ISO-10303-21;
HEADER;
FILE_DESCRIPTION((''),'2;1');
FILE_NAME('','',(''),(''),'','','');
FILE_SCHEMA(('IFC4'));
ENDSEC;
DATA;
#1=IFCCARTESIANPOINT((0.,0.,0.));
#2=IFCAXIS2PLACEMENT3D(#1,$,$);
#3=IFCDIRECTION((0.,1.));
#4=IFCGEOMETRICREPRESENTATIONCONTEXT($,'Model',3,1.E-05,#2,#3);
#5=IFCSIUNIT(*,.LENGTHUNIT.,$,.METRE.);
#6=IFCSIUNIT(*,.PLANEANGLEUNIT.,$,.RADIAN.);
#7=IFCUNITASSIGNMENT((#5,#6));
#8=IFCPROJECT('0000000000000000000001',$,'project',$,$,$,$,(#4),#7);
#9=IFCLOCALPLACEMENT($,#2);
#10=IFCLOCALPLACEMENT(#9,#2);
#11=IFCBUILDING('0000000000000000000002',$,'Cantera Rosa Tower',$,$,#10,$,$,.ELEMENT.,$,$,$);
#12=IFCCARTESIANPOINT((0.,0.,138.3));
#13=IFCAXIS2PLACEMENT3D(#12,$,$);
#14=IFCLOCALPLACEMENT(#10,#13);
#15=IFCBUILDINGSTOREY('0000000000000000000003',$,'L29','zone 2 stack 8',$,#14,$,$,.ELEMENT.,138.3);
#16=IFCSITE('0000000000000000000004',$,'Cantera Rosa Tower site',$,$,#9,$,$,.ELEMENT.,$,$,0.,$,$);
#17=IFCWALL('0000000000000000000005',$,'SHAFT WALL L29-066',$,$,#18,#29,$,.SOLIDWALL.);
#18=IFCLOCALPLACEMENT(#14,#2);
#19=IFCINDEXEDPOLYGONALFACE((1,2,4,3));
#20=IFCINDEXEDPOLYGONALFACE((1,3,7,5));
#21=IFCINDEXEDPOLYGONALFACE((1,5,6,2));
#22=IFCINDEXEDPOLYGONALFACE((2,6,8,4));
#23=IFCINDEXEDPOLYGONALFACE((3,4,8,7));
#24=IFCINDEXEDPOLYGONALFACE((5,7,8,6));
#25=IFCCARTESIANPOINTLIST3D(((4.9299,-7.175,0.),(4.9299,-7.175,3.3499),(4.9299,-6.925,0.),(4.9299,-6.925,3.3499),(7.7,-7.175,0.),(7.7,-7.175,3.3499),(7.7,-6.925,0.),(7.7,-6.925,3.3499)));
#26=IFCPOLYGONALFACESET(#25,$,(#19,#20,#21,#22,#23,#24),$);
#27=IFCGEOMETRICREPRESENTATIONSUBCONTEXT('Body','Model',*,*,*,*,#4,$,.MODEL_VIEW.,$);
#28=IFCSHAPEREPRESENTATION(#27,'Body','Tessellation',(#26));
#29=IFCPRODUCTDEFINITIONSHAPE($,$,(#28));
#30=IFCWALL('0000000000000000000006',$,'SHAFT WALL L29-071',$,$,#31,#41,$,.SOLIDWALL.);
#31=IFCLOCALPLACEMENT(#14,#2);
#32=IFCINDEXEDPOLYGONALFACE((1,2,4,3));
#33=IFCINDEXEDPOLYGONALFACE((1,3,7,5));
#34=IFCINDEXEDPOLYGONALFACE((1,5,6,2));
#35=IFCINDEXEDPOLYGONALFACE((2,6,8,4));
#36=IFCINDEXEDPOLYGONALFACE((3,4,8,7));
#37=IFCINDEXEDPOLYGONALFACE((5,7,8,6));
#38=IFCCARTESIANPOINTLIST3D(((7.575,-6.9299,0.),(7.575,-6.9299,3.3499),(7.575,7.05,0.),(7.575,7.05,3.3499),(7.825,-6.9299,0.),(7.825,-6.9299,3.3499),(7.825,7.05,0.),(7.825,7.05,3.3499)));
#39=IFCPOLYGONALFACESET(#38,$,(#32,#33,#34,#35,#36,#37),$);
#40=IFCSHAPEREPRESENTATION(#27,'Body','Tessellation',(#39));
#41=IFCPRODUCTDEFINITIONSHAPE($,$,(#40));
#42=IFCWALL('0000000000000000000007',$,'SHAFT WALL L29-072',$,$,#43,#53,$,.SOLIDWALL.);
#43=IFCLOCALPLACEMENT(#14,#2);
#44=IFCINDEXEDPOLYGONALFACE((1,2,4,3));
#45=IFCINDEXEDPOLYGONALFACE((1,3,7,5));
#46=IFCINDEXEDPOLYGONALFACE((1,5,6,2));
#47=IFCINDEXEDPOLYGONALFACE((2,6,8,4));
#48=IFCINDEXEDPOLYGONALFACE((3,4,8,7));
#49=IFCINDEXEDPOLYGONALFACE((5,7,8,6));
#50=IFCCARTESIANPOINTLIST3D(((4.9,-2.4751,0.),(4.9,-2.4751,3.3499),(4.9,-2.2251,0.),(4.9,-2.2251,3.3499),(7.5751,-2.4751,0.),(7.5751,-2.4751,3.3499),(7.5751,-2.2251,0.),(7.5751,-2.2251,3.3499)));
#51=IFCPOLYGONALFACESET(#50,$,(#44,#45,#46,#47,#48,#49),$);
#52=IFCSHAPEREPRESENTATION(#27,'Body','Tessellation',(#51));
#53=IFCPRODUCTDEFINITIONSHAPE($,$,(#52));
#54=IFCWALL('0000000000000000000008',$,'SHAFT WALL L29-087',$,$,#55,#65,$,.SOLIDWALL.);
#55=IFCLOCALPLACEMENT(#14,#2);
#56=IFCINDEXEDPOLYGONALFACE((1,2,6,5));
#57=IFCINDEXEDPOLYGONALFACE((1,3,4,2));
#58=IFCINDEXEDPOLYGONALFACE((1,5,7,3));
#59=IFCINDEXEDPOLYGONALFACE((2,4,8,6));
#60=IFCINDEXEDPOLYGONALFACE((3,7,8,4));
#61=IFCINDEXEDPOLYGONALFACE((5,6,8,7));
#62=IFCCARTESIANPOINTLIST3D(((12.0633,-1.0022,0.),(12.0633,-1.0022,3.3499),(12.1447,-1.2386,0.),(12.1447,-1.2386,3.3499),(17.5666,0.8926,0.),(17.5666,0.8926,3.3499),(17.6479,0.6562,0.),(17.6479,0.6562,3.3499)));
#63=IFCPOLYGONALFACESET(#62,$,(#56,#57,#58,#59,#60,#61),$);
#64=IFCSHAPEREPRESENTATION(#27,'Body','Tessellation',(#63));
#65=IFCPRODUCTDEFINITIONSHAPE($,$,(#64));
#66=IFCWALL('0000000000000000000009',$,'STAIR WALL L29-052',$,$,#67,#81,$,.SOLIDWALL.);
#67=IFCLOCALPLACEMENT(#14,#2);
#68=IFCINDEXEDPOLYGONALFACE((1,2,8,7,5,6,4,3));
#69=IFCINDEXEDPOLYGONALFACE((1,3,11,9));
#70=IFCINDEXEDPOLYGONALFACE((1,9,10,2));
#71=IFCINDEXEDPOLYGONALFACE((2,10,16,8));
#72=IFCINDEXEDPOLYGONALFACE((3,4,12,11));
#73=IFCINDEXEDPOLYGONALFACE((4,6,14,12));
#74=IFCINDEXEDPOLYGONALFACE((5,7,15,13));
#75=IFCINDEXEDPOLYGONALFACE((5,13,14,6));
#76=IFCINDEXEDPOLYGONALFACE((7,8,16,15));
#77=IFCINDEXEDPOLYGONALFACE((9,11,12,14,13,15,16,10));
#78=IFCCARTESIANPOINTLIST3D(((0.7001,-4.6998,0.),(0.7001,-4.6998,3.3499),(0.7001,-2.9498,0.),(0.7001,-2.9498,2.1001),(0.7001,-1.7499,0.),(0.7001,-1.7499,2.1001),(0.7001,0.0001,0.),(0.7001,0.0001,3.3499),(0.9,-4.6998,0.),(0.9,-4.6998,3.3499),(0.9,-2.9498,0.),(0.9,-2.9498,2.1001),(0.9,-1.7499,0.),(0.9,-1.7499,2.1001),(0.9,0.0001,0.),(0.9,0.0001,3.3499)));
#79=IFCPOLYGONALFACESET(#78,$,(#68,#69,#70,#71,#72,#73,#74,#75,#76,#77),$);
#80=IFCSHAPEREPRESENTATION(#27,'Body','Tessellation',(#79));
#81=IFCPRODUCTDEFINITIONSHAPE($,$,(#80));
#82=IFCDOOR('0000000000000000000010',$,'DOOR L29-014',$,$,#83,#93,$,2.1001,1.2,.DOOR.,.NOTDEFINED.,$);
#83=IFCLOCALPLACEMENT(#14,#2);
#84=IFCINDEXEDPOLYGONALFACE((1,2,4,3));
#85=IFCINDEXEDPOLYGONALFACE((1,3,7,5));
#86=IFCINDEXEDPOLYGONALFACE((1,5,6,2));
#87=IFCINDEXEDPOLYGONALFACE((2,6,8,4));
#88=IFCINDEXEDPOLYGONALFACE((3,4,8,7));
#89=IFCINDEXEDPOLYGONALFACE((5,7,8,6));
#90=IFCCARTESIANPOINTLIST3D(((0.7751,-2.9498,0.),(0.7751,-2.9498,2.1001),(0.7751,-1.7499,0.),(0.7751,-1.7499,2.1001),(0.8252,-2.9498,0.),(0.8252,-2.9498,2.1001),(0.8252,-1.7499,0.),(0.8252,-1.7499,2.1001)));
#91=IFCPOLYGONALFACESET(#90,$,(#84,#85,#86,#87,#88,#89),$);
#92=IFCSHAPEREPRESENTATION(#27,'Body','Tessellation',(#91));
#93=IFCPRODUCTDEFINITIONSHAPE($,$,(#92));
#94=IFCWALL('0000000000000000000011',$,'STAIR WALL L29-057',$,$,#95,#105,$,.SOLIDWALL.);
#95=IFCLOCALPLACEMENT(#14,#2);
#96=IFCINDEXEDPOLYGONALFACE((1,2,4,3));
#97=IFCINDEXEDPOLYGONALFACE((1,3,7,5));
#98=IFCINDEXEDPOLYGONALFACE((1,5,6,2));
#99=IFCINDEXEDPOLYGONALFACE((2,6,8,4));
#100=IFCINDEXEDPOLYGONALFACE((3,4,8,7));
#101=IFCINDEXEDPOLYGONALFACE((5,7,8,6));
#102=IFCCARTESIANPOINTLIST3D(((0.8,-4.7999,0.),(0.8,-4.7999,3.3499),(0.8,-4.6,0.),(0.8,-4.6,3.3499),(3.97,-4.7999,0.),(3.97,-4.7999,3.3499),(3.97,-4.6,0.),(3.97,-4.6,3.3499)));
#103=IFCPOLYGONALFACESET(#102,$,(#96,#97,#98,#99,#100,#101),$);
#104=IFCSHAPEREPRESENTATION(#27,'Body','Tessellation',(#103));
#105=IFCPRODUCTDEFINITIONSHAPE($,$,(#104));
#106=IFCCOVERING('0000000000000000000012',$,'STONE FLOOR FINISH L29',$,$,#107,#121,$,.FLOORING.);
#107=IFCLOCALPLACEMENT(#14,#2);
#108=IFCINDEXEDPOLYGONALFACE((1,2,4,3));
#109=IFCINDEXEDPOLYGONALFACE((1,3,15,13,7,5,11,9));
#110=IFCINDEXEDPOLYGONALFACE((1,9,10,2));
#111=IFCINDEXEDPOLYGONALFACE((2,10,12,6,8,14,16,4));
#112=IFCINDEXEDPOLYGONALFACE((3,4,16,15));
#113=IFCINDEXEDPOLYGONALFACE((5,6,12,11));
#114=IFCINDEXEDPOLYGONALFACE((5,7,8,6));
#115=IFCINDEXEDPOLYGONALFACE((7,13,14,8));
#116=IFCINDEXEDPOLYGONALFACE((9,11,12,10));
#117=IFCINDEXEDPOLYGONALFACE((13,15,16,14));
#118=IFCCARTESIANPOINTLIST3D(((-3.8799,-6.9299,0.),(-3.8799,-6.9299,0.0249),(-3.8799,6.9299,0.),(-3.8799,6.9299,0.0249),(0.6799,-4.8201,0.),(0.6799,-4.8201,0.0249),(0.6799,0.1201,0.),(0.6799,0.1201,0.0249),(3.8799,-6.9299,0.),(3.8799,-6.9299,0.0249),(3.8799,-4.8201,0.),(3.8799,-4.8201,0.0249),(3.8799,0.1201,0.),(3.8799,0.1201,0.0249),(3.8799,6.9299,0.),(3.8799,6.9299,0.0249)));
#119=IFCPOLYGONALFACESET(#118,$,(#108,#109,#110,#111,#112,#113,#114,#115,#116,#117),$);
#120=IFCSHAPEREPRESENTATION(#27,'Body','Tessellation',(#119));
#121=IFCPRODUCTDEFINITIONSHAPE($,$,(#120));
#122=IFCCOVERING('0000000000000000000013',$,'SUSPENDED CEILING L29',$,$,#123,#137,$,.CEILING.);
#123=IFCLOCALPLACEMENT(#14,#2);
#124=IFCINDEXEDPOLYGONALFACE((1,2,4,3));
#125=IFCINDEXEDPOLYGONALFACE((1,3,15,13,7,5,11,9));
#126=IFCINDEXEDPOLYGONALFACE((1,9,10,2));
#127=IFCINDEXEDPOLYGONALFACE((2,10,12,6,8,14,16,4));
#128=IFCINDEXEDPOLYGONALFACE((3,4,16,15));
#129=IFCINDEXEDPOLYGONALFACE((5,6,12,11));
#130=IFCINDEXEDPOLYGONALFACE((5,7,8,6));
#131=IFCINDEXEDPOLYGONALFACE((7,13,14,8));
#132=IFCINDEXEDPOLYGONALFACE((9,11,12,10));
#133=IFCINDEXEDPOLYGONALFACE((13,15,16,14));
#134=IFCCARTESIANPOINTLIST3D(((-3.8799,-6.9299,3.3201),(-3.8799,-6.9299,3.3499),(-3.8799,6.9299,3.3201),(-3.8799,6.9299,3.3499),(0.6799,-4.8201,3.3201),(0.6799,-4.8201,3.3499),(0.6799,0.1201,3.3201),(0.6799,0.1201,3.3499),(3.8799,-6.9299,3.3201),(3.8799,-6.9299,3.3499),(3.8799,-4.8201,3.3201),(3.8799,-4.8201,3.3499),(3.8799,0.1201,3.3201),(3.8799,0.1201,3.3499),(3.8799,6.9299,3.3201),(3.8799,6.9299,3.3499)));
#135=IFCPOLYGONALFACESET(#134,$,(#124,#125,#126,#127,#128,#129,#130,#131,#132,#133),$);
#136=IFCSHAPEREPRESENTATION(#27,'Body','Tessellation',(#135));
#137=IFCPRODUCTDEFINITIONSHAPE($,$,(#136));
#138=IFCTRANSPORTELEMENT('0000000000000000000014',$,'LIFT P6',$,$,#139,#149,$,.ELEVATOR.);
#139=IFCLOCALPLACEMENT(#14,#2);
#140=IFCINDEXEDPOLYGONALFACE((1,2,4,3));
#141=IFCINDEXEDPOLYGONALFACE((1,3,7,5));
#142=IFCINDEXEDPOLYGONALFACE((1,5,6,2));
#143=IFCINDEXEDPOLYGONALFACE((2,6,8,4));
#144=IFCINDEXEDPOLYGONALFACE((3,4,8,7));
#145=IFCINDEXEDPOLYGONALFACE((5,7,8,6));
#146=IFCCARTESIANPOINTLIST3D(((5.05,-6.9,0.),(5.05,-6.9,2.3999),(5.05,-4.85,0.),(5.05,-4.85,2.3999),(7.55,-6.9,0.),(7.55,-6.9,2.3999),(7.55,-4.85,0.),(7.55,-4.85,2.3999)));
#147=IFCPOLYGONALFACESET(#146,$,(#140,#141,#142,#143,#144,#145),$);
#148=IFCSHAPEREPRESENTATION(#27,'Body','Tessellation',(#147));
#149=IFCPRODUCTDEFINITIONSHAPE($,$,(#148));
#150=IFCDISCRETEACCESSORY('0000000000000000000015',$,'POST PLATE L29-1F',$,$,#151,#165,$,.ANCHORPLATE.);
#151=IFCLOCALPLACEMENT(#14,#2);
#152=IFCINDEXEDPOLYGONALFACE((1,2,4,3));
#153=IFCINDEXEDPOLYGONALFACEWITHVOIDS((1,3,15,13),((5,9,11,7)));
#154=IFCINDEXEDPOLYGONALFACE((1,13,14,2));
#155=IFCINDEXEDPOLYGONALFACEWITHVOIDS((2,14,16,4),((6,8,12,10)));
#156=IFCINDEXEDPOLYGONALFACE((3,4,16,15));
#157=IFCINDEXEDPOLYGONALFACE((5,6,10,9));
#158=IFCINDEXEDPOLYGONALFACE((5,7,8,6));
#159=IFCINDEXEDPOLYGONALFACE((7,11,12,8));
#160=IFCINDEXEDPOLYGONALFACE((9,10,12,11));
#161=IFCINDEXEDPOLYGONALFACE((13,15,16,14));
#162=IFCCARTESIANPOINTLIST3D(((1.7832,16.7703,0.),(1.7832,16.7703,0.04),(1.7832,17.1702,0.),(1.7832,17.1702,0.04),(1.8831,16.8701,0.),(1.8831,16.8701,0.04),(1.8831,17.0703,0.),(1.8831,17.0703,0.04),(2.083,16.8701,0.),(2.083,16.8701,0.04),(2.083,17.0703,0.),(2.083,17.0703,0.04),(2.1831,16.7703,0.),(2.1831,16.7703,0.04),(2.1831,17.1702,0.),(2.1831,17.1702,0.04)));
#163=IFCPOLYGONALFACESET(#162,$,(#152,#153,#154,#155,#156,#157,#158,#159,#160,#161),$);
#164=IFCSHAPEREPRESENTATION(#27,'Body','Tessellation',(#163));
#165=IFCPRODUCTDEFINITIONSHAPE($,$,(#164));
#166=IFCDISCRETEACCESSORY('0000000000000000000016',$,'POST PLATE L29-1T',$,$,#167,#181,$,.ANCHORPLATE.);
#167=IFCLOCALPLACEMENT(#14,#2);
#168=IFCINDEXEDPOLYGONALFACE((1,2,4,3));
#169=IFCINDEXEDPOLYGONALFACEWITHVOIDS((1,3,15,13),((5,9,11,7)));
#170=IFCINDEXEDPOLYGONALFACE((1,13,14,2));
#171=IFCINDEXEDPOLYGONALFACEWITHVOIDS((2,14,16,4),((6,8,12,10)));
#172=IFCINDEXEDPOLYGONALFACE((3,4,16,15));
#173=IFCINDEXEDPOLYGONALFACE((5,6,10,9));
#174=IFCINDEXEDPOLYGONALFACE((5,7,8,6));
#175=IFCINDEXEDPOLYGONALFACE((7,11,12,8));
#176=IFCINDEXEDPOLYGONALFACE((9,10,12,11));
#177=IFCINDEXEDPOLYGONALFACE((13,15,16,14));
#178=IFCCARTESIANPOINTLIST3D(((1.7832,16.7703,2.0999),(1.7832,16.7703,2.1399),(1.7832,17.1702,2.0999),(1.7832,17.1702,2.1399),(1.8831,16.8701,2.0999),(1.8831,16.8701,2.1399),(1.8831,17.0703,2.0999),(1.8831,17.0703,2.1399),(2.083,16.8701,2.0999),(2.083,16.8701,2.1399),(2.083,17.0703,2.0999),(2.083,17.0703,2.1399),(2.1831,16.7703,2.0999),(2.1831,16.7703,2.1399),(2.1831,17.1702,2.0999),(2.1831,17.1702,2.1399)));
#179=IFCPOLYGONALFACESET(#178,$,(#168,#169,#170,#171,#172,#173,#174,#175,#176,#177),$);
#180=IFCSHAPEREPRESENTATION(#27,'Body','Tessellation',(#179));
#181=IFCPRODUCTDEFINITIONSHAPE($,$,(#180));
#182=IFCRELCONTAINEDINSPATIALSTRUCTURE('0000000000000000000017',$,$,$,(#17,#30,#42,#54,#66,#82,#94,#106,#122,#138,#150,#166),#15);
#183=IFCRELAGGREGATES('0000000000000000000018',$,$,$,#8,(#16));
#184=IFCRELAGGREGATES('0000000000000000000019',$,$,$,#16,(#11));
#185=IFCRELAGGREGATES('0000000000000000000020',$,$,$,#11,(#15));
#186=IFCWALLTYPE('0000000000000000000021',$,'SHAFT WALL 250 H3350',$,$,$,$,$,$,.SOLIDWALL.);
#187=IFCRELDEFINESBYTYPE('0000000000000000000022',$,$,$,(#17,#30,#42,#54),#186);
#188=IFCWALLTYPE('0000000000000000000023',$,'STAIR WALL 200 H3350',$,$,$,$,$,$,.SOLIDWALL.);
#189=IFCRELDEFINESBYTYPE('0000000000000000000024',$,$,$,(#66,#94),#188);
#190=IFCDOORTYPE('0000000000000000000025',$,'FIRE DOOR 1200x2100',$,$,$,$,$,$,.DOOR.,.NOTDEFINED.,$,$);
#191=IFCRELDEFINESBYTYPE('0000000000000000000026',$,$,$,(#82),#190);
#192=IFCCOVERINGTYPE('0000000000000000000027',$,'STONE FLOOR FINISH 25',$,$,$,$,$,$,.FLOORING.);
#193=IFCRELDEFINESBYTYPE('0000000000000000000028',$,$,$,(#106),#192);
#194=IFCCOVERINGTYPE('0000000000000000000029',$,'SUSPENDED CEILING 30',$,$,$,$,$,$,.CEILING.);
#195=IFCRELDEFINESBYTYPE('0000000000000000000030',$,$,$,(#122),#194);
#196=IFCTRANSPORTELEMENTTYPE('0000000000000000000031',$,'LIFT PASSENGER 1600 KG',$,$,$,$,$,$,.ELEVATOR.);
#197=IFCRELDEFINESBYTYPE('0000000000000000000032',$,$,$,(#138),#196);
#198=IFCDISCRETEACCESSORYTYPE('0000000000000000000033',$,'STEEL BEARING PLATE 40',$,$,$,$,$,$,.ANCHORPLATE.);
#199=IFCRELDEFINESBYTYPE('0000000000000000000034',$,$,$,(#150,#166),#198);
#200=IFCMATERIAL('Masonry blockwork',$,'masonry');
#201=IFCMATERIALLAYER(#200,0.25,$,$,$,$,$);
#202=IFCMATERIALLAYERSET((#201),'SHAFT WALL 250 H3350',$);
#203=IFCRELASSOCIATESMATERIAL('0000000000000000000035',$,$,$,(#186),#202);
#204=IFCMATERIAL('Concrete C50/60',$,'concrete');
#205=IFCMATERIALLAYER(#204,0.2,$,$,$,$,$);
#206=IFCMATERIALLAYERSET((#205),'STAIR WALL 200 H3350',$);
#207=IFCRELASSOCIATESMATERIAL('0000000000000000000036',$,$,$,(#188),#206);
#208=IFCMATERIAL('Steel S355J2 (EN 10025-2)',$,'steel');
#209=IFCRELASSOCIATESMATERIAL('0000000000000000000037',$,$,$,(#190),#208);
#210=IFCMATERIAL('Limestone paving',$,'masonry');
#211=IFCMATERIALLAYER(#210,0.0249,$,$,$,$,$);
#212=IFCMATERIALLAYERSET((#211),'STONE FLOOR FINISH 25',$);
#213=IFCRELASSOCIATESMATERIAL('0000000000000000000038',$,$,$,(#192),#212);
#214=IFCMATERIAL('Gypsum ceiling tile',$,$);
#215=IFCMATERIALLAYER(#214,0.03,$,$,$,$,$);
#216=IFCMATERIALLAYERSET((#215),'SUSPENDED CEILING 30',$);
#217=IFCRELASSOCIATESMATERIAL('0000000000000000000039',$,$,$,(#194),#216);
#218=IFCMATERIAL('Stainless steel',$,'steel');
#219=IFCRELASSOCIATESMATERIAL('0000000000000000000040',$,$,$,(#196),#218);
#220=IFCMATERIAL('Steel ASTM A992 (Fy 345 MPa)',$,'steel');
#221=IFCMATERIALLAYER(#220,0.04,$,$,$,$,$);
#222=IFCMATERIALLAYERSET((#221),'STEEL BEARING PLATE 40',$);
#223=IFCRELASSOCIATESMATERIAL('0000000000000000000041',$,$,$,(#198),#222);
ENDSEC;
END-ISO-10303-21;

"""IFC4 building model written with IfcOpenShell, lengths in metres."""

from ifc_helpers import new_model, si_unit, direction, frame, frame_2d, origin, origin_2d, place, context, subcontext, project, spatial, polyline, rectangle, outline, extrude, material, layer, layer_set, type_object, element, fill, save


model = new_model("IFC4")

# Units and contexts
model_context = context("Model", 3, precision=1e-05, world=origin(), true_north=direction((0.0, 1.0)))
body_context = subcontext(model_context, "Body", "Model", "MODEL_VIEW")
ifc_project = project(units=[si_unit("LENGTHUNIT", "METRE"), si_unit("PLANEANGLEUNIT", "RADIAN")], contexts=[model_context])

# Site, building, storey
site_placement = place(None, origin())
site = spatial("IfcSite", under=ifc_project, at=site_placement, Name="Cantera Rosa Tower site", CompositionType="ELEMENT", RefElevation=0.0)
building_placement = place(site_placement, origin())
building = spatial("IfcBuilding", under=site, at=building_placement, Name="Cantera Rosa Tower", CompositionType="ELEMENT")
storey_placement = place(building_placement, frame((0.0, 0.0, 138.3)))
storey = spatial("IfcBuildingStorey", under=building, at=storey_placement, Name="L29", Description="zone 2 stack 8", CompositionType="ELEMENT", Elevation=138.3)

# Walls
ifc_material_1 = material(Name="Masonry blockwork", Category="masonry")
ifc_layer_1 = layer(ifc_material_1, 0.25)
ifc_layer_set_1 = layer_set([ifc_layer_1], Name="SHAFT WALL 250 H3350")
wall_type_1 = type_object("IfcWallType", Name="SHAFT WALL 250 H3350", PredefinedType="SOLIDWALL", material=ifc_layer_set_1)
wall_1_placement = place(storey_placement, frame((4.9299, -7.05, 0.0), z_axis=(0.0, 0.0, 1.0), x_axis=(1.0, 0.0, 0.0)))
element("IfcWall", 1, at=wall_1_placement, inside=storey, type_object=wall_type_1, Name="SHAFT WALL L29-066", PredefinedType="SOLIDWALL", context=body_context, shape_type="SweptSolid", body=[
    extrude(rectangle(XDim=2.77, YDim=0.25, at=frame_2d((1.385, 0.0))), origin(), (0.0, 0.0, 1.0), 3.3499),
])
wall_2_placement = place(storey_placement, frame((7.7, -6.9299, 0.0), z_axis=(0.0, 0.0, 1.0), x_axis=(0.0, 1.0, 0.0)))
element("IfcWall", 2, at=wall_2_placement, inside=storey, type_object=wall_type_1, Name="SHAFT WALL L29-071", PredefinedType="SOLIDWALL", context=body_context, shape_type="SweptSolid", body=[
    extrude(rectangle(XDim=13.98, YDim=0.25, at=frame_2d((6.99, 0.0))), origin(), (0.0, 0.0, 1.0), 3.3499),
])
wall_3_placement = place(storey_placement, frame((7.575, -2.3501, 0.0), z_axis=(0.0, 0.0, 1.0), x_axis=(-1.0, 0.0, 0.0)))
element("IfcWall", 3, at=wall_3_placement, inside=storey, type_object=wall_type_1, Name="SHAFT WALL L29-072", PredefinedType="SOLIDWALL", context=body_context, shape_type="SweptSolid", body=[
    extrude(rectangle(XDim=2.675, YDim=0.25, at=frame_2d((1.3374, 0.0))), origin(), (0.0, 0.0, 1.0), 3.3499),
])
wall_4_placement = place(storey_placement, frame((12.104, -1.1204, 0.0), z_axis=(0.0, 0.0, 1.0), x_axis=(0.945525, 0.32555, 0.0)))
element("IfcWall", 4, at=wall_4_placement, inside=storey, type_object=wall_type_1, Name="SHAFT WALL L29-087", PredefinedType="SOLIDWALL", context=body_context, shape_type="SweptSolid", body=[
    extrude(rectangle(XDim=5.8203, YDim=0.25, at=frame_2d((2.9102, 0.0))), origin(), (0.0, 0.0, 1.0), 3.3499),
])

# Wall, opening, door
ifc_material_2 = material(Name="Concrete C50/60", Category="concrete")
ifc_layer_2 = layer(ifc_material_2, 0.2)
ifc_layer_set_2 = layer_set([ifc_layer_2], Name="STAIR WALL 200 H3350")
wall_type_2 = type_object("IfcWallType", Name="STAIR WALL 200 H3350", PredefinedType="SOLIDWALL", material=ifc_layer_set_2)
wall_5_placement = place(storey_placement, frame((0.8, -4.7, 0.0), z_axis=(0.0, 0.0, 1.0), x_axis=(0.0, 1.0, 0.0)))
wall_5 = element("IfcWall", 5, at=wall_5_placement, inside=storey, type_object=wall_type_2, Name="STAIR WALL L29-052", PredefinedType="SOLIDWALL", context=body_context, shape_type="SweptSolid", body=[
    extrude(rectangle(XDim=4.7, YDim=0.2, at=frame_2d((2.3501, 0.0))), origin(), (0.0, 0.0, 1.0), 3.3499),
])
opening_placement = place(wall_5_placement, frame((1.75, 0.0, 0.0)))
opening = element("IfcOpeningElement", 6, at=opening_placement, cuts=wall_5, PredefinedType="OPENING", context=body_context, shape_type="SweptSolid", body=[
    extrude(rectangle(XDim=1.2, YDim=2.1001, at=frame_2d((0.6001, 1.05))), frame((0.0, 0.1099, 0.0), z_axis=(0.0, -1.0, 0.0), x_axis=(1.0, 0.0, 0.0)), (0.0, 0.0, 1.0), 0.22),
])
ifc_material_3 = material(Name="Steel S355J2 (EN 10025-2)", Category="steel")
door_type = type_object("IfcDoorType", Name="FIRE DOOR 1200x2100", OperationType="NOTDEFINED", PredefinedType="DOOR", material=ifc_material_3)
door_placement = place(opening_placement, origin())
door = element("IfcDoor", 7, at=door_placement, inside=storey, type_object=door_type, Name="DOOR L29-014", OperationType="NOTDEFINED", OverallHeight=2.1001, OverallWidth=1.2, PredefinedType="DOOR", context=body_context, shape_type="SweptSolid", body=[
    extrude(rectangle(XDim=1.2, YDim=2.1001, at=frame_2d((0.6001, 1.05))), frame((0.0, 0.0249, 0.0), z_axis=(0.0, -1.0, 0.0), x_axis=(1.0, 0.0, 0.0)), (0.0, 0.0, 1.0), 0.05),
])
fill(opening, door)

# Wall
wall_6_placement = place(storey_placement, frame((3.97, -4.7, 0.0), z_axis=(0.0, 0.0, 1.0), x_axis=(-1.0, 0.0, 0.0)))
element("IfcWall", 8, at=wall_6_placement, inside=storey, type_object=wall_type_2, Name="STAIR WALL L29-057", PredefinedType="SOLIDWALL", context=body_context, shape_type="SweptSolid", body=[
    extrude(rectangle(XDim=3.1699, YDim=0.2, at=frame_2d((1.585, 0.0))), origin(), (0.0, 0.0, 1.0), 3.3499),
])

# Coverings
ifc_material_4 = material(Name="Limestone paving", Category="masonry")
ifc_layer_3 = layer(ifc_material_4, 0.0249)
ifc_layer_set_3 = layer_set([ifc_layer_3], Name="STONE FLOOR FINISH 25")
covering_type_1 = type_object("IfcCoveringType", Name="STONE FLOOR FINISH 25", PredefinedType="FLOORING", material=ifc_layer_set_3)
covering_1_placement = place(storey_placement, origin())
element("IfcCovering", 9, at=covering_1_placement, inside=storey, type_object=covering_type_1, Name="STONE FLOOR FINISH L29", PredefinedType="FLOORING", context=body_context, shape_type="SweptSolid", body=[
    extrude(outline(polyline([(3.8799, 6.9299), (3.8799, 0.1201), (0.6799, 0.1201), (0.6799, -4.8201), (3.8799, -4.8201), (3.8799, -6.9299), (-3.8799, -6.9299), (-3.8799, 6.9299), (3.8799, 6.9299)])), origin(), (0.0, 0.0, 1.0), 0.0249),
])
ifc_material_5 = material(Name="Gypsum ceiling tile")
ifc_layer_4 = layer(ifc_material_5, 0.03)
ifc_layer_set_4 = layer_set([ifc_layer_4], Name="SUSPENDED CEILING 30")
covering_type_2 = type_object("IfcCoveringType", Name="SUSPENDED CEILING 30", PredefinedType="CEILING", material=ifc_layer_set_4)
covering_2_placement = place(storey_placement, frame((0.0, 0.0, 3.3201)))
element("IfcCovering", 10, at=covering_2_placement, inside=storey, type_object=covering_type_2, Name="SUSPENDED CEILING L29", PredefinedType="CEILING", context=body_context, shape_type="SweptSolid", body=[
    extrude(outline(polyline([(3.8799, 6.9299), (3.8799, 0.1201), (0.6799, 0.1201), (0.6799, -4.8201), (3.8799, -4.8201), (3.8799, -6.9299), (-3.8799, -6.9299), (-3.8799, 6.9299), (3.8799, 6.9299)])), origin(), (0.0, 0.0, 1.0), 0.0298),
])

# Transport element
ifc_material_6 = material(Name="Stainless steel", Category="steel")
transport_element_type = type_object("IfcTransportElementType", Name="LIFT PASSENGER 1600 KG", PredefinedType="ELEVATOR", material=ifc_material_6)
transport_element_placement = place(storey_placement, frame((6.3, -5.875, 0.0), z_axis=(0.0, 0.0, 1.0), x_axis=(1.0, 0.0, 0.0)))
element("IfcTransportElement", 11, at=transport_element_placement, inside=storey, type_object=transport_element_type, Name="LIFT P6", PredefinedType="ELEVATOR", context=body_context, shape_type="SweptSolid", body=[
    extrude(rectangle(XDim=2.5, YDim=2.05, at=origin_2d()), origin(), (0.0, 0.0, 1.0), 2.3999),
])

# Discrete accessories
ifc_material_7 = material(Name="Steel ASTM A992 (Fy 345 MPa)", Category="steel")
ifc_layer_5 = layer(ifc_material_7, 0.04)
ifc_layer_set_5 = layer_set([ifc_layer_5], Name="STEEL BEARING PLATE 40")
discrete_accessory_type = type_object("IfcDiscreteAccessoryType", Name="STEEL BEARING PLATE 40", PredefinedType="ANCHORPLATE", material=ifc_layer_set_5)
for number, where, name in (
    (12, (0.0, 0.0, 0.0), "POST PLATE L29-1F"),
    (13, (0.0, 0.0, 2.0999), "POST PLATE L29-1T"),
):
    element("IfcDiscreteAccessory", number, at=place(storey_placement, frame(where)), inside=storey, type_object=discrete_accessory_type, Name=name, PredefinedType="ANCHORPLATE", context=body_context, shape_type="SweptSolid", body=[
        extrude(outline(polyline([(1.7832, 16.7703), (2.1831, 16.7703), (2.1831, 17.1702), (1.7832, 17.1702), (1.7832, 16.7703)]), holes=[polyline([(1.8831, 16.8701), (2.083, 16.8701), (2.083, 17.0703), (1.8831, 17.0703), (1.8831, 16.8701)])]), origin(), (0.0, 0.0, 1.0), 0.04),
    ])

save(model, "model.ifc")
